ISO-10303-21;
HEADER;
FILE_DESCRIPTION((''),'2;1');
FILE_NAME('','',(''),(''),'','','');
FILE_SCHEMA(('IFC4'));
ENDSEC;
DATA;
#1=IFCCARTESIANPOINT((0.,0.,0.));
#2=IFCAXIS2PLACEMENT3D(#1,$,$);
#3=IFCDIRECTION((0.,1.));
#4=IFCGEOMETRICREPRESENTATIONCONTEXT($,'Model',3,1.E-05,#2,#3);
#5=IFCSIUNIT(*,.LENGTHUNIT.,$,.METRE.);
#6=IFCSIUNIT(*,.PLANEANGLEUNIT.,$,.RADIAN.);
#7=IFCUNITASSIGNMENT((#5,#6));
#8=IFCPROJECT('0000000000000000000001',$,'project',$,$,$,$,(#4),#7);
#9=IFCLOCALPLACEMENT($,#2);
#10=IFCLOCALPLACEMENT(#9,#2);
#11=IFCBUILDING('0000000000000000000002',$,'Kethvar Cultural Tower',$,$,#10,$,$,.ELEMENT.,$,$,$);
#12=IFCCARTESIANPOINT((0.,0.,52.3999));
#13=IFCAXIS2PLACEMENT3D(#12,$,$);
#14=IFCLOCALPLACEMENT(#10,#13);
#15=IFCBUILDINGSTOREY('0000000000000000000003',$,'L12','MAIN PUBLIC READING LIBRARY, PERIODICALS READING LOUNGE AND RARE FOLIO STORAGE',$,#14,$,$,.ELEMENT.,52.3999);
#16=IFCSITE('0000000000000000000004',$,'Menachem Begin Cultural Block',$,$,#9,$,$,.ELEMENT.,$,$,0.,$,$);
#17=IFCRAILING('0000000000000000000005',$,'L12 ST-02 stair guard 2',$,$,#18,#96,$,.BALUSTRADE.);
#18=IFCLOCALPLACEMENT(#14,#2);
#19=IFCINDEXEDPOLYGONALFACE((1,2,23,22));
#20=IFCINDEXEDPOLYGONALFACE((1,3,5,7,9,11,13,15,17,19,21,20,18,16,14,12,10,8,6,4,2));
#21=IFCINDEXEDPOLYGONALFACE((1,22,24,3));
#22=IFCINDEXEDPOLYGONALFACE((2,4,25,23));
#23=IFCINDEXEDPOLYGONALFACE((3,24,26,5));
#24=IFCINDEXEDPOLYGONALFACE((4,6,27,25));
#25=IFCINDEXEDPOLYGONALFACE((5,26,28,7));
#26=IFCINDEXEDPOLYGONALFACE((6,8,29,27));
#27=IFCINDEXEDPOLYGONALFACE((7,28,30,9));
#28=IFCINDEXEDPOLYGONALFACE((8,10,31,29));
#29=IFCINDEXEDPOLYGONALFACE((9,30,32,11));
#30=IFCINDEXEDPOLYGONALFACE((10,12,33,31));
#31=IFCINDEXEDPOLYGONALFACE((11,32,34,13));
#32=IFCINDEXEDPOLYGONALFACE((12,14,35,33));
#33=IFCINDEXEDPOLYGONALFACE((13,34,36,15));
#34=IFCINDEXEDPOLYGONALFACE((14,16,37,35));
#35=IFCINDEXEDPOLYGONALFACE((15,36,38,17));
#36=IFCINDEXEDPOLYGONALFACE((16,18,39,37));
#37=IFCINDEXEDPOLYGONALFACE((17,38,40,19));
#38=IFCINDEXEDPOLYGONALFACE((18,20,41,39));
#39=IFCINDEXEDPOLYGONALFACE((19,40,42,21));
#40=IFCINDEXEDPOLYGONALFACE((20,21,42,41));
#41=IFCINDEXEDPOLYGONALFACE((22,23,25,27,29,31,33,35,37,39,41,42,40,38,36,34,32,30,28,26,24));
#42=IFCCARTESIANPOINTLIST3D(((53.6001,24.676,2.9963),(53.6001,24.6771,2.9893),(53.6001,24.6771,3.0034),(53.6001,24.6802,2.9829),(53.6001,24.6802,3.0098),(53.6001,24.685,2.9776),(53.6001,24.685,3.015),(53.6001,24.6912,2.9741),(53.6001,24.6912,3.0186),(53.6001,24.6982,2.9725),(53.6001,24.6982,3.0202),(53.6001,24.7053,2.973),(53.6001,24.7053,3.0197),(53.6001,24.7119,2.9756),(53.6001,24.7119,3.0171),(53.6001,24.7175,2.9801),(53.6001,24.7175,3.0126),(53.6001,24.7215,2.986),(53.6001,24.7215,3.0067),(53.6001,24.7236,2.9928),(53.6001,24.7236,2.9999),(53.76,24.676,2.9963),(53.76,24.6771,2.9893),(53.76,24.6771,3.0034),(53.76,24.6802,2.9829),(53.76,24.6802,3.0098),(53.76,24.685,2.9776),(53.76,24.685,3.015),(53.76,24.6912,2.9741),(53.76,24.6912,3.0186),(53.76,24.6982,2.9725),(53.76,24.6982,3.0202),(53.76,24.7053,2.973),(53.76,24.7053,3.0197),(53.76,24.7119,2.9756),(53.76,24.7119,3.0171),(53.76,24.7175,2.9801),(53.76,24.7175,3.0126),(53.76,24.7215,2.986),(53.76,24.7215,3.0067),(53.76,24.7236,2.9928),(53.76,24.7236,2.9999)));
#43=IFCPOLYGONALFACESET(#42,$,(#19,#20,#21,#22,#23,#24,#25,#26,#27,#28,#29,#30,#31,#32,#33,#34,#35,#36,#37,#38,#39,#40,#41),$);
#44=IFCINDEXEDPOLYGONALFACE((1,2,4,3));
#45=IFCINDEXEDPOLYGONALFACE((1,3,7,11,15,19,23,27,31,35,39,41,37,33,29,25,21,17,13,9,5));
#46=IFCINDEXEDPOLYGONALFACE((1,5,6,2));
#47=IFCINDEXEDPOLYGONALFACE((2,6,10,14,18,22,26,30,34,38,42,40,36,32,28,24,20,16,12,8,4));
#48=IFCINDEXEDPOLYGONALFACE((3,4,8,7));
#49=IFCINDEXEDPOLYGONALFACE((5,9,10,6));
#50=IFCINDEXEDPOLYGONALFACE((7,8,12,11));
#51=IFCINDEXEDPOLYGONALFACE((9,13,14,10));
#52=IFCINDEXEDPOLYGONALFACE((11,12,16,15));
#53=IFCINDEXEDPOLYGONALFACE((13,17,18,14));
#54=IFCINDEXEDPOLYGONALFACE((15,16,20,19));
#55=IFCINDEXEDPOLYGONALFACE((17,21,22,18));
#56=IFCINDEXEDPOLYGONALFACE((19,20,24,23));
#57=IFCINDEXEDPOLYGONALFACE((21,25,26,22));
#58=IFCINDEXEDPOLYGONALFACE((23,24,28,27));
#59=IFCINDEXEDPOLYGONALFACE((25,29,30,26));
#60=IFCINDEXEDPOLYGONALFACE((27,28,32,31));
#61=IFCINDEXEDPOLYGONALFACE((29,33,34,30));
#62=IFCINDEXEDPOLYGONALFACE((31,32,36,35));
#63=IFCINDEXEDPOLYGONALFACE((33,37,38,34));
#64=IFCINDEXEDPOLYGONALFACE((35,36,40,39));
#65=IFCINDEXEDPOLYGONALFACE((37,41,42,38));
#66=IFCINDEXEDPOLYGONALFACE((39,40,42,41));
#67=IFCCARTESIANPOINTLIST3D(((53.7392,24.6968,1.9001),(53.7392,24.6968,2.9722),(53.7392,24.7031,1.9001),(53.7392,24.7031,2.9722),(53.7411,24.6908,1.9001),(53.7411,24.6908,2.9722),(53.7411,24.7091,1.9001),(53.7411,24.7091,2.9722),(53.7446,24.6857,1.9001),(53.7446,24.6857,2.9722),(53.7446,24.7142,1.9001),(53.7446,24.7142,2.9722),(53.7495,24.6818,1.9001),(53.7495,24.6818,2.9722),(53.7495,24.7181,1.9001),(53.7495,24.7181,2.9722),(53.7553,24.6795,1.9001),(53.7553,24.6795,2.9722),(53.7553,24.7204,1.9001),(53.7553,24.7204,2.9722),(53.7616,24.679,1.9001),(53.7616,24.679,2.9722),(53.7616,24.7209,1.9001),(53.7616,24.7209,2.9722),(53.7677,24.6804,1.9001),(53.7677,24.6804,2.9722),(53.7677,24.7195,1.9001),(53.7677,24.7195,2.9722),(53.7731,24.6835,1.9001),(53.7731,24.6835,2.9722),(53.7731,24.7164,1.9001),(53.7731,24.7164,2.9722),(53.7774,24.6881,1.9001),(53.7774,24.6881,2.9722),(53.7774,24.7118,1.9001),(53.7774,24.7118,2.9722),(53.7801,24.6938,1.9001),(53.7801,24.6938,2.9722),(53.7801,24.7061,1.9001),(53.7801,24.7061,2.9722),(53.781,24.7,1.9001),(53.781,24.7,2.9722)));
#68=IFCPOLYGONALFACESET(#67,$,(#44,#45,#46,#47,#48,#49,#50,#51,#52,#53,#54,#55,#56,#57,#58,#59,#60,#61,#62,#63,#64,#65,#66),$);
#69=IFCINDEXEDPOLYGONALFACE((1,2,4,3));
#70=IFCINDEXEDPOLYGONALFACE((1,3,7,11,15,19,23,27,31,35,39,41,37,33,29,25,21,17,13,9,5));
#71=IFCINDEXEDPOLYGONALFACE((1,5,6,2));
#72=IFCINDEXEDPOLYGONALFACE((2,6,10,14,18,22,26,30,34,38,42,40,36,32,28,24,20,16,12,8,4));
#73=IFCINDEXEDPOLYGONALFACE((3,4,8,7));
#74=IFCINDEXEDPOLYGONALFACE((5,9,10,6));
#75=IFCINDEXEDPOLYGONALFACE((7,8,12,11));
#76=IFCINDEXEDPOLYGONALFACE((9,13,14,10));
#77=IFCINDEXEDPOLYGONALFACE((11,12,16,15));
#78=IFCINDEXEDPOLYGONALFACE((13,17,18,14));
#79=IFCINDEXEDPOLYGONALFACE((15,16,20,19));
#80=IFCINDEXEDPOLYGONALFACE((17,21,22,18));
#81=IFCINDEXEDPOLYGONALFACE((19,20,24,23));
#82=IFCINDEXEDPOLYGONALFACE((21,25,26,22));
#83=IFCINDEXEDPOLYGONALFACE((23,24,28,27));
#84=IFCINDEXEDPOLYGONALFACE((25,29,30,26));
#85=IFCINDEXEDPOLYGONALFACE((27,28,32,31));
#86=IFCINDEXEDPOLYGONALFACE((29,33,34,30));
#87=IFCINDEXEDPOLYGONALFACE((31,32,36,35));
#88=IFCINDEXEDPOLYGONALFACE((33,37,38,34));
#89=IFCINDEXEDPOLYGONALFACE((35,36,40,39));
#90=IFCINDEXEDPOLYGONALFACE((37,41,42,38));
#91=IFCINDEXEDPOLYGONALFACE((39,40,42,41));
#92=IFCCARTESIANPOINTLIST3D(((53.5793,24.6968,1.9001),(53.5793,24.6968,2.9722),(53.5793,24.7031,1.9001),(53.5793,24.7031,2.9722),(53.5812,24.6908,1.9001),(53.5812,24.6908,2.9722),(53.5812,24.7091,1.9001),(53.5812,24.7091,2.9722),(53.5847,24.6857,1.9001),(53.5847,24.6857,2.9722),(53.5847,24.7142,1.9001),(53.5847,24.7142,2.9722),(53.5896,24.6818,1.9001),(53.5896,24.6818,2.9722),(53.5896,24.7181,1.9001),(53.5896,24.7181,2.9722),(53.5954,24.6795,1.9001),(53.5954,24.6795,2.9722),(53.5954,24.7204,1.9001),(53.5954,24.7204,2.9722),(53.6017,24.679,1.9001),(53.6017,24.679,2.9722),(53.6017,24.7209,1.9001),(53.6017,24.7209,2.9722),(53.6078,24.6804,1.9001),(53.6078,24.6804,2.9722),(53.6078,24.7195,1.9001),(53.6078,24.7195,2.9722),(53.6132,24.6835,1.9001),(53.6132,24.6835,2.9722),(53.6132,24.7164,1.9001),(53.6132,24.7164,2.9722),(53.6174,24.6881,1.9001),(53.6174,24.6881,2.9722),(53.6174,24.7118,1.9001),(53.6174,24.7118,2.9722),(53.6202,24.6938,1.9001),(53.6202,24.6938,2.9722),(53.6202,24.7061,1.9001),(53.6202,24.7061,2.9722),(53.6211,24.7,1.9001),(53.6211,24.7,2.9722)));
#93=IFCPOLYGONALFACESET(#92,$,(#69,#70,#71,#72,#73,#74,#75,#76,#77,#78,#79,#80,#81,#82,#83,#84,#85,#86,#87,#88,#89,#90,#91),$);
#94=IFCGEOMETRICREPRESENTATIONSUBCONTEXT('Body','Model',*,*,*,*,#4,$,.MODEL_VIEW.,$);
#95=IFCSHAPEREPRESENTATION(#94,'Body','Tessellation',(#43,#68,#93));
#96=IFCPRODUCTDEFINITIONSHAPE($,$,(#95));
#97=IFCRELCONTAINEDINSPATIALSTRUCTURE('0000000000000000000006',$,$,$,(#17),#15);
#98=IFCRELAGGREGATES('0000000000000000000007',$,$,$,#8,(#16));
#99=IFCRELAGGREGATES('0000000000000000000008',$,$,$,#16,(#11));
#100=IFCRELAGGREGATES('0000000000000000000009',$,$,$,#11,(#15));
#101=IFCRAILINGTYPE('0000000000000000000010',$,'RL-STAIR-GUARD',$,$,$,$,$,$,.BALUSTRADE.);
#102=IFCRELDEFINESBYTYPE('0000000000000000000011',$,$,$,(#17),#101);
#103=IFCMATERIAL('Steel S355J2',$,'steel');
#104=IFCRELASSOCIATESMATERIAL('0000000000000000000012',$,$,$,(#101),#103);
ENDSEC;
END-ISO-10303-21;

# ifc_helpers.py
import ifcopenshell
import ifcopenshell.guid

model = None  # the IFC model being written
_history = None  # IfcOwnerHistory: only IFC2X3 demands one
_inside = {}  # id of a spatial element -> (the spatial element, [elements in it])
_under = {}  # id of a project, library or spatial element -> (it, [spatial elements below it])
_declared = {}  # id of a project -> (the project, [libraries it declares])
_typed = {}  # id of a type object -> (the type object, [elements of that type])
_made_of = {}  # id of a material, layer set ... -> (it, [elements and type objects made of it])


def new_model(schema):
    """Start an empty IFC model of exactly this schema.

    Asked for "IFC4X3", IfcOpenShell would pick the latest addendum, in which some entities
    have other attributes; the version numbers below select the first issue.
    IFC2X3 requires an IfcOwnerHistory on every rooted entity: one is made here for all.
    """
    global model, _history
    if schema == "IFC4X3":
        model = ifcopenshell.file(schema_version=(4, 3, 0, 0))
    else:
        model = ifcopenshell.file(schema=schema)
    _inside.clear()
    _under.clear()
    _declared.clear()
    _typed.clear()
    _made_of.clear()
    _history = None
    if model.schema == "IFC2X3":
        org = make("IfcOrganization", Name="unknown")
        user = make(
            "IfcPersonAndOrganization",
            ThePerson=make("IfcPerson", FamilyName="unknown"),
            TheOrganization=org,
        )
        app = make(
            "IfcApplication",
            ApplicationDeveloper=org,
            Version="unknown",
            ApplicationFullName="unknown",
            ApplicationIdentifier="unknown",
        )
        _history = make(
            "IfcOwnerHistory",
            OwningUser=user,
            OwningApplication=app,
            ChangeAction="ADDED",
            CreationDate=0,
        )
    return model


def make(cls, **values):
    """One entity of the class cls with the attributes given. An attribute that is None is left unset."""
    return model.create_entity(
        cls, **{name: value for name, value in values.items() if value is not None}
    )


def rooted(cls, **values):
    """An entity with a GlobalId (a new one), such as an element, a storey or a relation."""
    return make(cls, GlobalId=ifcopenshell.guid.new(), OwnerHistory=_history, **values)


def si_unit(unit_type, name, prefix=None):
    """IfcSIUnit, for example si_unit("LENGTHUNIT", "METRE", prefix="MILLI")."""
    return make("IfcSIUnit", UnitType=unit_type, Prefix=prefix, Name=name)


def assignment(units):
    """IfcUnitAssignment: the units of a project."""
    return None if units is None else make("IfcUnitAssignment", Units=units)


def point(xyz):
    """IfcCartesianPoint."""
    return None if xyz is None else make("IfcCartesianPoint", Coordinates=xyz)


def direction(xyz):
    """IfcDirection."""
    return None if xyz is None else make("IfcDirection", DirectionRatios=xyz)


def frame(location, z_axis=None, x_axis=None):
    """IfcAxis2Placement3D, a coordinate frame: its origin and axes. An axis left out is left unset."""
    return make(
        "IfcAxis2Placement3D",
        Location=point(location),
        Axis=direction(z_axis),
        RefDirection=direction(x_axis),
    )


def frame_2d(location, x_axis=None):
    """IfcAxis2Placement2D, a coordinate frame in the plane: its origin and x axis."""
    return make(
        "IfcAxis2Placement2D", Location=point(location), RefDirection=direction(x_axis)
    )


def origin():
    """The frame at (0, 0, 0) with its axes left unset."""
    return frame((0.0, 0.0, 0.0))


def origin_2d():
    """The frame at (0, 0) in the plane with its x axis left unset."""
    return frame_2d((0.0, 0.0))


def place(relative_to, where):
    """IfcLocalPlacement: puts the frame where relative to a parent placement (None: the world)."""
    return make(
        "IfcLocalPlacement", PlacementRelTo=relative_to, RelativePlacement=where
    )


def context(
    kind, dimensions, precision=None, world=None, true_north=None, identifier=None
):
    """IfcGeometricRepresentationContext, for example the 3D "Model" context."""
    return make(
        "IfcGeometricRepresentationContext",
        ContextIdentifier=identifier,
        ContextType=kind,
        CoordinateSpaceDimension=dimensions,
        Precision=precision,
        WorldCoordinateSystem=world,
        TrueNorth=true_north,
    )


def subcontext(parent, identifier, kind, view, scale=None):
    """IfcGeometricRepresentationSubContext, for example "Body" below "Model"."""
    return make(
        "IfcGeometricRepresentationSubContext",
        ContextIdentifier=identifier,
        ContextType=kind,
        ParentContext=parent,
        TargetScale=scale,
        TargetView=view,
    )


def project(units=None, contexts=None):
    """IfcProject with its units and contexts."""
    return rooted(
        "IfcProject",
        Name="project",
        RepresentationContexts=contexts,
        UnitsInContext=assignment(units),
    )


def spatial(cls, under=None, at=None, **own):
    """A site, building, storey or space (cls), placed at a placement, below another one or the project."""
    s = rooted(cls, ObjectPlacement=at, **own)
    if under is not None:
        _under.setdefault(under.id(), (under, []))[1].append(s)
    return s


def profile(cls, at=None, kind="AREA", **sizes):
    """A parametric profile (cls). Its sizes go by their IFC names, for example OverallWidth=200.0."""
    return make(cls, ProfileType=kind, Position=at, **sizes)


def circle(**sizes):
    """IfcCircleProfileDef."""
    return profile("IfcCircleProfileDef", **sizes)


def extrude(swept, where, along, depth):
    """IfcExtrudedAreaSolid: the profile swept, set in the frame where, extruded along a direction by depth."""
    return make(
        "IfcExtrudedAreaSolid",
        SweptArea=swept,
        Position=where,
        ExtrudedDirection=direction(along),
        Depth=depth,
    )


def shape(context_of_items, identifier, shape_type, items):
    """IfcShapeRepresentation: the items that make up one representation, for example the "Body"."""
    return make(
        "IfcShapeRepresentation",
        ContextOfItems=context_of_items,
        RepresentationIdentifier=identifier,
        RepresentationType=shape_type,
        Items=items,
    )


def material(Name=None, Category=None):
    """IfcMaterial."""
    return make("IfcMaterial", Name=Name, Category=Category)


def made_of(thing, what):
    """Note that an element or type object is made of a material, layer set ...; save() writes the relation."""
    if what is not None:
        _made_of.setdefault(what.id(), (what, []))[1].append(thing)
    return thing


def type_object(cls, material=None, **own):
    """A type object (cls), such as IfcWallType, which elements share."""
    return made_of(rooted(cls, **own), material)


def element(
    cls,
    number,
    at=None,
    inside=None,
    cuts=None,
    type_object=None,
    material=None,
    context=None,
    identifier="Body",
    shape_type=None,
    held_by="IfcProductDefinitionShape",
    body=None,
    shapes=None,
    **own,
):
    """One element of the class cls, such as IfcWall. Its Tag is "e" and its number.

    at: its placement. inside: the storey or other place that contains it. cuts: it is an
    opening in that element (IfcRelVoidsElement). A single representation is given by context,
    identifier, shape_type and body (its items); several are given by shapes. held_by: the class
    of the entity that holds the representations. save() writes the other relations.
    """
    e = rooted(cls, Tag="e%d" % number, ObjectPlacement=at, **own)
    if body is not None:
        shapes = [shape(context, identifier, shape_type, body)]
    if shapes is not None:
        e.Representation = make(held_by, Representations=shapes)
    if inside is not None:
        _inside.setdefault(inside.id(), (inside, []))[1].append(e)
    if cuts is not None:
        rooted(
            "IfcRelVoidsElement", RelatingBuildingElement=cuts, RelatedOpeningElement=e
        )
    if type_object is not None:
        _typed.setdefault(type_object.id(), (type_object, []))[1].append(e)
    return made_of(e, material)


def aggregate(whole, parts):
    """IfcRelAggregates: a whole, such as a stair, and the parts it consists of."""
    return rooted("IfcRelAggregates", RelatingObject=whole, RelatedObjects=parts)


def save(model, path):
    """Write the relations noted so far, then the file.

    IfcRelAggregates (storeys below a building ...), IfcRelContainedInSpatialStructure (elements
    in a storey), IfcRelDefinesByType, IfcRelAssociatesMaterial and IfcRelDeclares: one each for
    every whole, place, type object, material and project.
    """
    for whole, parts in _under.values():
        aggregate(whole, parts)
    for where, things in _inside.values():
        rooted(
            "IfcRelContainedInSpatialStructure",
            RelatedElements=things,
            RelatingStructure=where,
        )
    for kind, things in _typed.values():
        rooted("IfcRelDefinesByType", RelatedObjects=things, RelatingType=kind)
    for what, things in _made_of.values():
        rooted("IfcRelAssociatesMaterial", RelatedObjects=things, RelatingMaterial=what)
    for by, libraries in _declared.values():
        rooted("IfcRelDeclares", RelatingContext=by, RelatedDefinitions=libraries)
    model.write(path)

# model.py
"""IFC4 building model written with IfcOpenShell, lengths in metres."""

from ifc_helpers import new_model, si_unit, direction, frame, origin, origin_2d, place, context, subcontext, project, spatial, circle, extrude, material, type_object, element, save


model = new_model("IFC4")

# Units and contexts
model_context = context("Model", 3, precision=1e-05, world=origin(), true_north=direction((0.0, 1.0)))
body_context = subcontext(model_context, "Body", "Model", "MODEL_VIEW")
ifc_project = project(units=[si_unit("LENGTHUNIT", "METRE"), si_unit("PLANEANGLEUNIT", "RADIAN")], contexts=[model_context])

# Site, building, storey
site_placement = place(None, origin())
site = spatial("IfcSite", under=ifc_project, at=site_placement, Name="Menachem Begin Cultural Block", CompositionType="ELEMENT", RefElevation=0.0)
building_placement = place(site_placement, origin())
building = spatial("IfcBuilding", under=site, at=building_placement, Name="Kethvar Cultural Tower", CompositionType="ELEMENT")
storey_placement = place(building_placement, frame((0.0, 0.0, 52.3999)))
storey = spatial("IfcBuildingStorey", under=building, at=storey_placement, Name="L12", Description="MAIN PUBLIC READING LIBRARY, PERIODICALS READING LOUNGE AND RARE FOLIO STORAGE", CompositionType="ELEMENT", Elevation=52.3999)

# Shared definitions
ifc_material_1 = material(Name="Steel S355J2", Category="steel")

# Railing
railing_type_1 = type_object("IfcRailingType", Name="RL-STAIR-GUARD", PredefinedType="BALUSTRADE", material=ifc_material_1)
railing_1_placement = place(storey_placement, frame((53.76, 24.7, 1.9001)))
element("IfcRailing", 1, at=railing_1_placement, inside=storey, type_object=railing_type_1, Name="L12 ST-02 stair guard 2", PredefinedType="BALUSTRADE", context=body_context, shape_type="SweptSolid", body=[
    extrude(circle(Radius=0.0239, at=origin_2d()), frame((0.0, 0.0, 1.0962), z_axis=(-1.0, 0.0, 0.0), x_axis=(0.0, -1.0, 0.0)), (0.0, 0.0, 1.0), 0.1599),
    extrude(circle(Radius=0.021, at=origin_2d()), origin(), (0.0, 0.0, 1.0), 1.072),
    extrude(circle(Radius=0.021, at=origin_2d()), frame((-0.1599, 0.0, 0.0)), (0.0, 0.0, 1.0), 1.072),
])

save(model, "model.ifc")
